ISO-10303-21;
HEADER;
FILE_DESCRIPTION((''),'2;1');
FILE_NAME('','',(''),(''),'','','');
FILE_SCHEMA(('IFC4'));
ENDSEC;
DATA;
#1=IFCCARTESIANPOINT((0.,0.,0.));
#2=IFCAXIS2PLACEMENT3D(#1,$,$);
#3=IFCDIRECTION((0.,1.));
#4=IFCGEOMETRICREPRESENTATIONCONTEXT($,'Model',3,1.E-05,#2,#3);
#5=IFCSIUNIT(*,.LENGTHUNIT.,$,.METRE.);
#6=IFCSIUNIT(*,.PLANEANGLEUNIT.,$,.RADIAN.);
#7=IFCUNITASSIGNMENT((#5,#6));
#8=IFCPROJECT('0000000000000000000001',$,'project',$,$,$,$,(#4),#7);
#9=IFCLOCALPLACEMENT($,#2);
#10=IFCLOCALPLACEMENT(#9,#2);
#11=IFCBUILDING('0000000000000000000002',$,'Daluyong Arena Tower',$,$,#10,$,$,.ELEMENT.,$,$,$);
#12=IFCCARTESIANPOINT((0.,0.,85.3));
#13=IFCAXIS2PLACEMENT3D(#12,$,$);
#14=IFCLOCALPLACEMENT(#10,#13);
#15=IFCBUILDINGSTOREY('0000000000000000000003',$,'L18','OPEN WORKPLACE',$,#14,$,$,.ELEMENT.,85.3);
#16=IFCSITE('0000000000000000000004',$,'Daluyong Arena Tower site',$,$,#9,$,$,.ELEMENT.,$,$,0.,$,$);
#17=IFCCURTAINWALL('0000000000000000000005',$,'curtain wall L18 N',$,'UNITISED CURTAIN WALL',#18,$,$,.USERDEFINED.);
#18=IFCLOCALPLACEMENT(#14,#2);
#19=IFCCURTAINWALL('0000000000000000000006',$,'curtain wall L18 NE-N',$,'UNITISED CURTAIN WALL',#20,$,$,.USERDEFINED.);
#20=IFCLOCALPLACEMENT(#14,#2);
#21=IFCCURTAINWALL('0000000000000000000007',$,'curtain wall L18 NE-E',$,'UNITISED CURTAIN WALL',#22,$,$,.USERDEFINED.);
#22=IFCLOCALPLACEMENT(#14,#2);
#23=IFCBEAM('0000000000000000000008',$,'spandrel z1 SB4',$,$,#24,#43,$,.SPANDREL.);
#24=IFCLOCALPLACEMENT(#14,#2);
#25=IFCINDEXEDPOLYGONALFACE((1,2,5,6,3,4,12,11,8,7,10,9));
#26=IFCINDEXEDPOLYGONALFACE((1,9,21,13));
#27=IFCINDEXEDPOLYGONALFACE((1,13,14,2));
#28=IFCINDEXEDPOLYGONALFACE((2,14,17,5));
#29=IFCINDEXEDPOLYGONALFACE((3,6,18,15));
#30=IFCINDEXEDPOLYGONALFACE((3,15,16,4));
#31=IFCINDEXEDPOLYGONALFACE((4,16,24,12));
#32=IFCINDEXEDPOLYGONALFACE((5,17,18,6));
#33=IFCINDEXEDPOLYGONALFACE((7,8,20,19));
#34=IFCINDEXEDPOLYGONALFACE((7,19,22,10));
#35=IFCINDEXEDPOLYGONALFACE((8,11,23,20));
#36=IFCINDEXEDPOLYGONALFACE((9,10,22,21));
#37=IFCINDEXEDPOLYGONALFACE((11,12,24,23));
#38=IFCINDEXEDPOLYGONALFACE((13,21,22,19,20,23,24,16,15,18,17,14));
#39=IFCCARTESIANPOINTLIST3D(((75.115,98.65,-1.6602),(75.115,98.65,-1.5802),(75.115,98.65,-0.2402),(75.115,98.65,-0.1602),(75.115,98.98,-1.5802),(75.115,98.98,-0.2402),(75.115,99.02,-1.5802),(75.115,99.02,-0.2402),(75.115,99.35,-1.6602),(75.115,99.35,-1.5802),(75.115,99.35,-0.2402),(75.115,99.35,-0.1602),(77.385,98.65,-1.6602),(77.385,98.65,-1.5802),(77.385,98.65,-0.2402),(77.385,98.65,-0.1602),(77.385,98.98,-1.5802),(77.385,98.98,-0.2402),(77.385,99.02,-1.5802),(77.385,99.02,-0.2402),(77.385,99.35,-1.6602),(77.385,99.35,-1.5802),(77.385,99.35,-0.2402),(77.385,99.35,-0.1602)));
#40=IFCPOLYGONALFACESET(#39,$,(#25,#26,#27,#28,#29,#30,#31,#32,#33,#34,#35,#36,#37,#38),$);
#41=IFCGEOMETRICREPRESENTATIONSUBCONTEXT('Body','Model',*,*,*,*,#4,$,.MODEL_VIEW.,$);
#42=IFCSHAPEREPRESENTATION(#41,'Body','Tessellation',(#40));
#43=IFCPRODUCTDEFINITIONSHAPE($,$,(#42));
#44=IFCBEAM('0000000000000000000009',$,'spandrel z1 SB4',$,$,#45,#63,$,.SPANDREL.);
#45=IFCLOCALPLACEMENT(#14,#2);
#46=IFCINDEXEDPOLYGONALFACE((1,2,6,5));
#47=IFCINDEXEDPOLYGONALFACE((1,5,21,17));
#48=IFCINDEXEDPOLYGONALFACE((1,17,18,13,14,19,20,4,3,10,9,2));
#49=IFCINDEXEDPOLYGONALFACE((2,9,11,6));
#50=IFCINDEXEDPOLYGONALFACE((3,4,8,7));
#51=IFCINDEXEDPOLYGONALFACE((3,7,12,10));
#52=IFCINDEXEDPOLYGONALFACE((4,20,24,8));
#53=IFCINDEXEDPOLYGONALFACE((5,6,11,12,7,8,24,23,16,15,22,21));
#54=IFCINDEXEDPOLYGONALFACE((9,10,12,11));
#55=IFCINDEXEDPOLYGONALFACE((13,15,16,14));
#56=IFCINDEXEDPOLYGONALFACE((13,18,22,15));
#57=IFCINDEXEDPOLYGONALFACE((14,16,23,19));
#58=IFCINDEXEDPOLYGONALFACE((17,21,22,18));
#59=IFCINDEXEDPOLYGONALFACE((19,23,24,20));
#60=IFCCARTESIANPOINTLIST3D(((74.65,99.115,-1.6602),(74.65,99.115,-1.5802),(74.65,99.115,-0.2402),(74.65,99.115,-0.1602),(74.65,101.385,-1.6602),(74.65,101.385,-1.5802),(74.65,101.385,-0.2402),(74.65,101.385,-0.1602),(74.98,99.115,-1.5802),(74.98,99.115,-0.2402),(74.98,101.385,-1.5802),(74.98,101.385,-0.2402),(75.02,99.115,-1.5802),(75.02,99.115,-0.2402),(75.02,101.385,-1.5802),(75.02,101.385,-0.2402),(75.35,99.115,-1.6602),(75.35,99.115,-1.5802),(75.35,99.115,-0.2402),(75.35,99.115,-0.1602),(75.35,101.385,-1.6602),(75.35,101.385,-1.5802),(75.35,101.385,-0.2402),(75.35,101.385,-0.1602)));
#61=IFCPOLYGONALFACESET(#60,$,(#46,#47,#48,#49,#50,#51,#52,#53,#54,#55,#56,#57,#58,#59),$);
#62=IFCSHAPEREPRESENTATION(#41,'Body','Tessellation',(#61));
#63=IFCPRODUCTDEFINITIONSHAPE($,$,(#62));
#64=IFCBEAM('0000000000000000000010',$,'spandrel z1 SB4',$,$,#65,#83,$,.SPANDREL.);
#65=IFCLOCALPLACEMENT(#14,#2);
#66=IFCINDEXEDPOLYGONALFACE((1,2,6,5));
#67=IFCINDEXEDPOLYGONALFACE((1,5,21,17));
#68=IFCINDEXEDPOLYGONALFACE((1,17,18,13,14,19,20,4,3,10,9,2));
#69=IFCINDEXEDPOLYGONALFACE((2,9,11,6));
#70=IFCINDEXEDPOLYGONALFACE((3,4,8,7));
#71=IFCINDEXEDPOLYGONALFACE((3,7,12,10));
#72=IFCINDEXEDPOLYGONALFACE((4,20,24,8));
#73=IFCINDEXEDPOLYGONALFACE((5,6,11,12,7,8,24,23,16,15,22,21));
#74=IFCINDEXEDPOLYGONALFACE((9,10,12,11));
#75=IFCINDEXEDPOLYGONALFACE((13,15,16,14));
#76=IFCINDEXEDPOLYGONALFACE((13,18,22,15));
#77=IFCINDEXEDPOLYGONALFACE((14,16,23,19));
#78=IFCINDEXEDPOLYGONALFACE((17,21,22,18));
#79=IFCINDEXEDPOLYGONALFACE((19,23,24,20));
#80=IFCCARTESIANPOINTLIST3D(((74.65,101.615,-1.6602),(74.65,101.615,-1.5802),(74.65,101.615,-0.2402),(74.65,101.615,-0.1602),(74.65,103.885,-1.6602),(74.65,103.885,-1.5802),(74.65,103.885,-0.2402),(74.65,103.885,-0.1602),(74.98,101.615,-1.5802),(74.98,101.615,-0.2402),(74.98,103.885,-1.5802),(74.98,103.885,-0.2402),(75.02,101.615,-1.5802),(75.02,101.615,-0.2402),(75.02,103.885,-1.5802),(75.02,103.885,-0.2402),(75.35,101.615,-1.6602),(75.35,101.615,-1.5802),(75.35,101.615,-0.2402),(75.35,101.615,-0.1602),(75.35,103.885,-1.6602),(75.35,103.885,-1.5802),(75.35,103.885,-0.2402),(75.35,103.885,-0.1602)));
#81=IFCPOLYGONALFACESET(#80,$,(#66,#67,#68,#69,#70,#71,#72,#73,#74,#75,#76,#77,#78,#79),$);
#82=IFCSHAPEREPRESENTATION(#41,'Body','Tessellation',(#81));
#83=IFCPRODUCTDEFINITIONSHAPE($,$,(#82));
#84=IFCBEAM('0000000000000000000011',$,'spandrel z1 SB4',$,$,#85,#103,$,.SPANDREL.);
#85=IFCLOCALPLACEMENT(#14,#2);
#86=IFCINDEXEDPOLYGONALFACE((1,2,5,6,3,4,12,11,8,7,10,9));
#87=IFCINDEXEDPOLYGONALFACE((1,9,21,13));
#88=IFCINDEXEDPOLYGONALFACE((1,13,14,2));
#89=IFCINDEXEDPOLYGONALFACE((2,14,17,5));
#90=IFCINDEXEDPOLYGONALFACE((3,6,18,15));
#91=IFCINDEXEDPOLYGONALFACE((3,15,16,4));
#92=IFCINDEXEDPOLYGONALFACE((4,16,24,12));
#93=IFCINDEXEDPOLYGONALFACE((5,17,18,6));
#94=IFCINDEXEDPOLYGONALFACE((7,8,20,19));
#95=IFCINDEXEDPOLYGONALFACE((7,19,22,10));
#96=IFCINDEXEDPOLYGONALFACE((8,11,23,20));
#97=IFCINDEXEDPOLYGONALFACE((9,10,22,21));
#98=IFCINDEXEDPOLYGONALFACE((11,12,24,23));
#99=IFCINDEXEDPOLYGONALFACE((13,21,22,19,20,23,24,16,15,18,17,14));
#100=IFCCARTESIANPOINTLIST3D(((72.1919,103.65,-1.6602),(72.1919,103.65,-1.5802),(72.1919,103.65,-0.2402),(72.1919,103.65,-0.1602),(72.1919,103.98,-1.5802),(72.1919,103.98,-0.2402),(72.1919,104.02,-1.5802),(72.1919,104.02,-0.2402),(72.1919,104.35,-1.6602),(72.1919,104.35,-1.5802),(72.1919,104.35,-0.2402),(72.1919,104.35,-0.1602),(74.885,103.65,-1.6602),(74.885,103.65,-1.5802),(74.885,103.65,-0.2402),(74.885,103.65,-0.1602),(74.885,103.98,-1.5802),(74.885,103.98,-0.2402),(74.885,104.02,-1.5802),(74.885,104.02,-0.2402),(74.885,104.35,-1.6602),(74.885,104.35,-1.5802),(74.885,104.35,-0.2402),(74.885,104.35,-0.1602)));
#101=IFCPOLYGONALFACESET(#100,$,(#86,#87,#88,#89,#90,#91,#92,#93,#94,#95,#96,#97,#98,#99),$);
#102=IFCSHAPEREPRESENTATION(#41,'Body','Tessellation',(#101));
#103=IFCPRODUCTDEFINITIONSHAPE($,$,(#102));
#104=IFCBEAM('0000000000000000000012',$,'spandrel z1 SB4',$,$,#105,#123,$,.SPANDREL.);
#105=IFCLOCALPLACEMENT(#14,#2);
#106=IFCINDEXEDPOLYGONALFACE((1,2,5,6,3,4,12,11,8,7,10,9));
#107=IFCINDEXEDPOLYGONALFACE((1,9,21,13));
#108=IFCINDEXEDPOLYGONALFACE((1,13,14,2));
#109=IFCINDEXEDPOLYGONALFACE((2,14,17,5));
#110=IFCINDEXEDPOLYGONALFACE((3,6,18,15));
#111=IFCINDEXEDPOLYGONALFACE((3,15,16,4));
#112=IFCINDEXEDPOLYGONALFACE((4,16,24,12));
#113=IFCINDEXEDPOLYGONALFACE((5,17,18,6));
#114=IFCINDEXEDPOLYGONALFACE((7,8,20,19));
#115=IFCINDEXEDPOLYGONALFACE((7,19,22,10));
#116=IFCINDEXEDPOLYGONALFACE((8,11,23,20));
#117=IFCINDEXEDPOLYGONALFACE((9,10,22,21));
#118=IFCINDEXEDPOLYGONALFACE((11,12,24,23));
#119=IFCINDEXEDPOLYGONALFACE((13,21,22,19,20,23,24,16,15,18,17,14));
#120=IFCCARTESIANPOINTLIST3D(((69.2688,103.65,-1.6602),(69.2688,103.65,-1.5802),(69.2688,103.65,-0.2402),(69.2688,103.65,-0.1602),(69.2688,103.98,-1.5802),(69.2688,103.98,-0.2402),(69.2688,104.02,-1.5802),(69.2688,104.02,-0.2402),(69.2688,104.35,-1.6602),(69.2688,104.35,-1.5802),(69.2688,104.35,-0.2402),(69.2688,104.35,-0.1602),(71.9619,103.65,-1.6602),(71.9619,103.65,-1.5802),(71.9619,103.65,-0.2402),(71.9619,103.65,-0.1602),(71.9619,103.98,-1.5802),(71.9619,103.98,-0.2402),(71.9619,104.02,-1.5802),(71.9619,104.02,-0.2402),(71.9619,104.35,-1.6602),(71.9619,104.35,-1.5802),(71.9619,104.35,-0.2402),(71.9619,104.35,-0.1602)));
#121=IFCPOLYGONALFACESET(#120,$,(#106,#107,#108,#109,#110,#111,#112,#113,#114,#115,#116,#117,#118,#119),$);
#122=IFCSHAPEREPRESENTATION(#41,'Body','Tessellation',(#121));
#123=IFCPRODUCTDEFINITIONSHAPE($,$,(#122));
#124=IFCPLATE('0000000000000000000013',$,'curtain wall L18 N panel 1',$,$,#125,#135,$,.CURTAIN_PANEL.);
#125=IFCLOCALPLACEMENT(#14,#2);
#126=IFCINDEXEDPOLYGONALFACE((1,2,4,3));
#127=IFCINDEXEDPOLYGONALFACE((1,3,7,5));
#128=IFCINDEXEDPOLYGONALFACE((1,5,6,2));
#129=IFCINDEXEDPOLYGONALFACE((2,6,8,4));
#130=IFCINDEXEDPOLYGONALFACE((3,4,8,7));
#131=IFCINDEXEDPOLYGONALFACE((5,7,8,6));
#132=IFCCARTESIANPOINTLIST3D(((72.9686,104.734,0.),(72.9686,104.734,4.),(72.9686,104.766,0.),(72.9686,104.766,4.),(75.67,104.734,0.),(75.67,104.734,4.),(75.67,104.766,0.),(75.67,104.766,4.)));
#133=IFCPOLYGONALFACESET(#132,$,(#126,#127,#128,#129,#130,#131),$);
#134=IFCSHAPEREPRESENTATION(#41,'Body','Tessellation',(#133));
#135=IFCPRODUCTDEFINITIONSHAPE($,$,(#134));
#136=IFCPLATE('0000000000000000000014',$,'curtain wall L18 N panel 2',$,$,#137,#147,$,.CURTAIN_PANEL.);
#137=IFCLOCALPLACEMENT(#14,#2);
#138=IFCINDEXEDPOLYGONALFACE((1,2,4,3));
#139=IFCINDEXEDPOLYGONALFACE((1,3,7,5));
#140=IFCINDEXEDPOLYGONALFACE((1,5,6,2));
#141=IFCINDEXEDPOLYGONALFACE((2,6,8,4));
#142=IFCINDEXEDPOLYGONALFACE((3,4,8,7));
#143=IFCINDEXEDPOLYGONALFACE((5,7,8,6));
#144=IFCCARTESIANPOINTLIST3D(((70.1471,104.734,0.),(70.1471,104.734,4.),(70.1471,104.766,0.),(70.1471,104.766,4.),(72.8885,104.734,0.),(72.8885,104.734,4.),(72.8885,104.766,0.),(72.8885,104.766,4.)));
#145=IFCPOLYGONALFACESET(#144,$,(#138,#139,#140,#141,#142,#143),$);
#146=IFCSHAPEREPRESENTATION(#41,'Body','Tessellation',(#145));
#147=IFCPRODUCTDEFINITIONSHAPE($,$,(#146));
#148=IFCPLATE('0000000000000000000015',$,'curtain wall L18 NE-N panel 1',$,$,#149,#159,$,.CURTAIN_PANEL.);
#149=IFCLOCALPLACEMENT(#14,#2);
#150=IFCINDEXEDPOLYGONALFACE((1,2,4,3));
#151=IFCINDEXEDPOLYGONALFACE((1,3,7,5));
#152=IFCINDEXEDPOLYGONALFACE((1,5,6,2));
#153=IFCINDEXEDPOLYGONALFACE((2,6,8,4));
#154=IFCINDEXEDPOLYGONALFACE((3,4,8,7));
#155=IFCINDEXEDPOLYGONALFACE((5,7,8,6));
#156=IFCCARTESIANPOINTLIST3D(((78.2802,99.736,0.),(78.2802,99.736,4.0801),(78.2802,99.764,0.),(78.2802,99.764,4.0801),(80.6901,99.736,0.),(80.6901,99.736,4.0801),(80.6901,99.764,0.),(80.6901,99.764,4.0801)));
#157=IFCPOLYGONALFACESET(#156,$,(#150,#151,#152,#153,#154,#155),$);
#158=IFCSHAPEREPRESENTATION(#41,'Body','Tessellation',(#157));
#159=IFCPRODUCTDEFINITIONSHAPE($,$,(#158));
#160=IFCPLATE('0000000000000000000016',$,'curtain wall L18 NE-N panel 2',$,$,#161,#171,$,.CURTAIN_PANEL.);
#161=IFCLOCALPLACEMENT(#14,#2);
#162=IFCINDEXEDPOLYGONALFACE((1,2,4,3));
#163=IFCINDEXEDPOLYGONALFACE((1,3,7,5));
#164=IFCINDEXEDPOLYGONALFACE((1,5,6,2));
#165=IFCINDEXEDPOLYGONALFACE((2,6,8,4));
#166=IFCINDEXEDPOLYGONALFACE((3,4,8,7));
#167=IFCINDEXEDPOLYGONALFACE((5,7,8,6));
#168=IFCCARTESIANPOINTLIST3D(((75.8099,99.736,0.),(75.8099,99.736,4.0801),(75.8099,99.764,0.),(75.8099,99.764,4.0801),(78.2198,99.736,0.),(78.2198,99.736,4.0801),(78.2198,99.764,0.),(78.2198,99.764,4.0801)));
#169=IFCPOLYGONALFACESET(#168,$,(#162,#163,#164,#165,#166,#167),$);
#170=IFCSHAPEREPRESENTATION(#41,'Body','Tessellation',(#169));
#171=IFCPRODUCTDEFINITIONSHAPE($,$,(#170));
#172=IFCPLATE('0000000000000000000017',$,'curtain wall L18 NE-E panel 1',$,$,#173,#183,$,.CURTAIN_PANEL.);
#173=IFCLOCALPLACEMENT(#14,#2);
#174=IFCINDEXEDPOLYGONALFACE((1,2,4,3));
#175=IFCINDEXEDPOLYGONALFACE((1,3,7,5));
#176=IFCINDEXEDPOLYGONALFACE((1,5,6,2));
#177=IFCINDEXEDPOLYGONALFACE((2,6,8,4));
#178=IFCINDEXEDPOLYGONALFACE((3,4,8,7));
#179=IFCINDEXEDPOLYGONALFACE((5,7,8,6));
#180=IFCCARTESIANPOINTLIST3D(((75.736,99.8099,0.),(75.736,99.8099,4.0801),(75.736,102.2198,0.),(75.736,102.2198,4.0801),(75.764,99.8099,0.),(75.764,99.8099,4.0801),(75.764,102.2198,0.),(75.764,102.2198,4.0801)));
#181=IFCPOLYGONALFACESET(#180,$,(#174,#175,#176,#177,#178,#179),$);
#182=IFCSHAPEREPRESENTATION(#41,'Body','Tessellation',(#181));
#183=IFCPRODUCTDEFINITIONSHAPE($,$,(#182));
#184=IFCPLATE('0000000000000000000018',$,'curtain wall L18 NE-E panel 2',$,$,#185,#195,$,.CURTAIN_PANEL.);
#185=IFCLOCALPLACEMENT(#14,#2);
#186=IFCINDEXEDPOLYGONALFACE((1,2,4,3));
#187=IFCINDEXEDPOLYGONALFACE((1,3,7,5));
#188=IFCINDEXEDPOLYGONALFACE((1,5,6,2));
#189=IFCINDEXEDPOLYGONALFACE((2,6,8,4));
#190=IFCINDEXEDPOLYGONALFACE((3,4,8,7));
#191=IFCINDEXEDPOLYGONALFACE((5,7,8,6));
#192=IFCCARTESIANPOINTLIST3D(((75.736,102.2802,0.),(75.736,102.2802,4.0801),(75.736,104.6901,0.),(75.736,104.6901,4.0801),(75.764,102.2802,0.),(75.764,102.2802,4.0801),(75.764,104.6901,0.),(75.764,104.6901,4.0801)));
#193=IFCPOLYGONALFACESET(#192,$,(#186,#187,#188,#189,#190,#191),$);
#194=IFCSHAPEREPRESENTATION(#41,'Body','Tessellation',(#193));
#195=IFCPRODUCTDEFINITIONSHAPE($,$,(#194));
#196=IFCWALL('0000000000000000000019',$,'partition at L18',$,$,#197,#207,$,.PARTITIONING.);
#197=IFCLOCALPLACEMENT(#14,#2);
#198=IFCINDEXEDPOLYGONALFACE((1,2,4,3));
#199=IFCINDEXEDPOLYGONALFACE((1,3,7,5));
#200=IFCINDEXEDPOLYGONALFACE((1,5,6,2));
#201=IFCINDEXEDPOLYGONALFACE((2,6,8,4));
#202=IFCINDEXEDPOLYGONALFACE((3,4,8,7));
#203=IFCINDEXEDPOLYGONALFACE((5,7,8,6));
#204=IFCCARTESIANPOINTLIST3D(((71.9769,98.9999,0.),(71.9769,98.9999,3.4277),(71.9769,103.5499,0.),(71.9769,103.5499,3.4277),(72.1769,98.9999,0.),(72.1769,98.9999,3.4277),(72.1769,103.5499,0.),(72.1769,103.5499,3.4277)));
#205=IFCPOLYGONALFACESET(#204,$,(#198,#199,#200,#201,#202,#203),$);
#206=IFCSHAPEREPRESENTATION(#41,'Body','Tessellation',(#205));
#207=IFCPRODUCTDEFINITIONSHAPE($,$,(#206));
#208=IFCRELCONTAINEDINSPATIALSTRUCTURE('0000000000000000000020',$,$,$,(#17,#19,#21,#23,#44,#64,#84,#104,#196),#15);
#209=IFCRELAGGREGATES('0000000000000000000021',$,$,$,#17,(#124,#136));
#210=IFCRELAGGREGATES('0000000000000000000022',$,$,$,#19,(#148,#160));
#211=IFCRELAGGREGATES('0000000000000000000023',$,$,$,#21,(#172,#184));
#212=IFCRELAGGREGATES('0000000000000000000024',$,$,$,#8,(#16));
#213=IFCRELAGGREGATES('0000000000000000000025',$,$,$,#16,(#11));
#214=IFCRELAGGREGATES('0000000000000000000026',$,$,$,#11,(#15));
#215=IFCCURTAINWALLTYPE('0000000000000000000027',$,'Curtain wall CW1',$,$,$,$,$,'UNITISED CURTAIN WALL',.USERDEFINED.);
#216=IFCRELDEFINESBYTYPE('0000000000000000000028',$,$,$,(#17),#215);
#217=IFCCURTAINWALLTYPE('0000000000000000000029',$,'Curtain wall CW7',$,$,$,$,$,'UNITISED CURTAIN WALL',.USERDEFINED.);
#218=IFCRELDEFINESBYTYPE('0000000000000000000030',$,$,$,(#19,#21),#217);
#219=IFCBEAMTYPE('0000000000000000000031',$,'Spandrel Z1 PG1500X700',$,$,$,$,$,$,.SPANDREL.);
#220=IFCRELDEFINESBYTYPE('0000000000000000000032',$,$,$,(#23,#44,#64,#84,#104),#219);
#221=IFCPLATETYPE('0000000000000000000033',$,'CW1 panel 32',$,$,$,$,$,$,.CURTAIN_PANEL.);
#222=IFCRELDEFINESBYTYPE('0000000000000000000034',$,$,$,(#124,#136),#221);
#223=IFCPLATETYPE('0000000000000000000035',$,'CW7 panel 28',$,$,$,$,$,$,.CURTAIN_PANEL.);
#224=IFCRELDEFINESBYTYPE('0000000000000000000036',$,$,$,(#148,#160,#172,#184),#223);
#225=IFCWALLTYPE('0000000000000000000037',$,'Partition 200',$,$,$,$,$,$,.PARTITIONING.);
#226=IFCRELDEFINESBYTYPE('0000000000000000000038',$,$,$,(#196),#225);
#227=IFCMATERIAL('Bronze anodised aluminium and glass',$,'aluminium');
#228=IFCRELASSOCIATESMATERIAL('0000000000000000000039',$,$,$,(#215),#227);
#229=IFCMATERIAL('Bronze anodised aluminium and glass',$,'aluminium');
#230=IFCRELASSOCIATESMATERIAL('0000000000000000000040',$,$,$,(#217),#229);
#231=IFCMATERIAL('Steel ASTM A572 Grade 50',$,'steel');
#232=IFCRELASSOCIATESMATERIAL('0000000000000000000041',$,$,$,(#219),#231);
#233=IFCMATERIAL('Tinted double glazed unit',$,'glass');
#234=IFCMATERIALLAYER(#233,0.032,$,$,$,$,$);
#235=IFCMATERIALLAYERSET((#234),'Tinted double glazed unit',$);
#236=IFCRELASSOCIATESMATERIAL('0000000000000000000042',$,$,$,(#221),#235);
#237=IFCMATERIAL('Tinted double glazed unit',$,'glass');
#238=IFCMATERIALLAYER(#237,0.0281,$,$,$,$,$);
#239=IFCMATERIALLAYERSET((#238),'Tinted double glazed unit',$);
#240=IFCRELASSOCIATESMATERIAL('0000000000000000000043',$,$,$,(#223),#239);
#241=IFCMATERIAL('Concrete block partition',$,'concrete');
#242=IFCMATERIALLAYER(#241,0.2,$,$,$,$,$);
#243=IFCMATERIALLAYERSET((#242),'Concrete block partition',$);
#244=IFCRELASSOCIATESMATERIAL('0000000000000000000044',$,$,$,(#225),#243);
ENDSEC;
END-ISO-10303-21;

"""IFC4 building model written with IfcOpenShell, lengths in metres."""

from ifc_helpers import new_model, si_unit, direction, frame, frame_2d, origin, origin_2d, place, context, subcontext, project, spatial, rectangle, i_section, extrude, material, layer, layer_set, material_profile, profile_set, type_object, element, aggregate, save


model = new_model("IFC4")

# Units and contexts
model_context = context("Model", 3, precision=1e-05, world=origin(), true_north=direction((0.0, 1.0)))
body_context = subcontext(model_context, "Body", "Model", "MODEL_VIEW")
ifc_project = project(units=[si_unit("LENGTHUNIT", "METRE"), si_unit("PLANEANGLEUNIT", "RADIAN")], contexts=[model_context])

# Site, building, storey
site_placement = place(None, origin())
site = spatial("IfcSite", under=ifc_project, at=site_placement, Name="Daluyong Arena Tower site", CompositionType="ELEMENT", RefElevation=0.0)
building_placement = place(site_placement, origin())
building = spatial("IfcBuilding", under=site, at=building_placement, Name="Daluyong Arena Tower", CompositionType="ELEMENT")
storey_placement = place(building_placement, frame((0.0, 0.0, 85.3)))
storey = spatial("IfcBuildingStorey", under=building, at=storey_placement, Name="L18", Description="OPEN WORKPLACE", CompositionType="ELEMENT", Elevation=85.3)

# Shared definitions
ifc_material_1 = material(Name="Bronze anodised aluminium and glass", Category="aluminium")
curtain_wall_type_1 = type_object("IfcCurtainWallType", Name="Curtain wall CW1", ElementType="UNITISED CURTAIN WALL", PredefinedType="USERDEFINED", material=ifc_material_1)

# Curtain walls
curtain_wall_1_placement = place(storey_placement, origin())
curtain_wall_1 = element("IfcCurtainWall", 1, at=curtain_wall_1_placement, inside=storey, type_object=curtain_wall_type_1, Name="curtain wall L18 N", ObjectType="UNITISED CURTAIN WALL", PredefinedType="USERDEFINED")
ifc_material_2 = material(Name="Bronze anodised aluminium and glass", Category="aluminium")
curtain_wall_type_2 = type_object("IfcCurtainWallType", Name="Curtain wall CW7", ElementType="UNITISED CURTAIN WALL", PredefinedType="USERDEFINED", material=ifc_material_2)
curtain_wall_2_placement = place(storey_placement, origin())
curtain_wall_2 = element("IfcCurtainWall", 2, at=curtain_wall_2_placement, inside=storey, type_object=curtain_wall_type_2, Name="curtain wall L18 NE-N", ObjectType="UNITISED CURTAIN WALL", PredefinedType="USERDEFINED")
curtain_wall_3_placement = place(storey_placement, origin())
curtain_wall_3 = element("IfcCurtainWall", 3, at=curtain_wall_3_placement, inside=storey, type_object=curtain_wall_type_2, Name="curtain wall L18 NE-E", ObjectType="UNITISED CURTAIN WALL", PredefinedType="USERDEFINED")

# Beams
ifc_material_3 = material(Name="Steel ASTM A572 Grade 50", Category="steel")
ifc_material_profile_1 = material_profile(ifc_material_3, i_section(OverallWidth=0.7, OverallDepth=1.5, WebThickness=0.04, FlangeThickness=0.08, at=origin_2d()))
ifc_profile_set_1 = profile_set([ifc_material_profile_1], Name="Steel ASTM A572 Grade 50")
beam_type_1 = type_object("IfcBeamType", Name="Spandrel Z1 PG1500X700", PredefinedType="SPANDREL", material=ifc_profile_set_1)
for number, where, z_axis, x_axis, name in (
    (4, (77.385, 99.0, -0.9102), (-1.0, 0.0, 0.0), (0.0, -1.0, 0.0), "spandrel z1 SB4"),
    (5, (75.0, 99.115, -0.9102), (0.0, 1.0, 0.0), (-1.0, 0.0, 0.0), "spandrel z1 SB4"),
    (6, (75.0, 101.615, -0.9102), (0.0, 1.0, 0.0), (-1.0, 0.0, 0.0), "spandrel z1 SB4"),
):
    element("IfcBeam", number, at=place(storey_placement, frame(where, z_axis=z_axis, x_axis=x_axis)), inside=storey, type_object=beam_type_1, Name=name, PredefinedType="SPANDREL", context=body_context, shape_type="SweptSolid", body=[
        extrude(i_section(OverallWidth=0.7, OverallDepth=1.5, WebThickness=0.04, FlangeThickness=0.08, at=origin_2d()), origin(), (0.0, 0.0, 1.0), 2.27),
    ])
for number, where, z_axis, x_axis, name in (
    (7, (74.885, 104.0, -0.9102), (-1.0, 0.0, 0.0), (0.0, -1.0, 0.0), "spandrel z1 SB4"),
    (8, (71.9619, 104.0, -0.9102), (-1.0, 0.0, 0.0), (0.0, -1.0, 0.0), "spandrel z1 SB4"),
):
    element("IfcBeam", number, at=place(storey_placement, frame(where, z_axis=z_axis, x_axis=x_axis)), inside=storey, type_object=beam_type_1, Name=name, PredefinedType="SPANDREL", context=body_context, shape_type="SweptSolid", body=[
        extrude(i_section(OverallWidth=0.7, OverallDepth=1.5, WebThickness=0.04, FlangeThickness=0.08, at=origin_2d()), origin(), (0.0, 0.0, 1.0), 2.6931),
    ])

# Plates
ifc_material_4 = material(Name="Tinted double glazed unit", Category="glass")
ifc_layer_1 = layer(ifc_material_4, 0.032)
ifc_layer_set_1 = layer_set([ifc_layer_1], Name="Tinted double glazed unit")
plate_type_1 = type_object("IfcPlateType", Name="CW1 panel 32", PredefinedType="CURTAIN_PANEL", material=ifc_layer_set_1)
plate_1_placement = place(storey_placement, frame((74.3193, 104.75, 0.0), z_axis=(0.0, 0.0, 1.0), x_axis=(-1.0, 0.0, 0.0)))
plate_1 = element("IfcPlate", 9, at=plate_1_placement, type_object=plate_type_1, Name="curtain wall L18 N panel 1", PredefinedType="CURTAIN_PANEL", context=body_context, shape_type="SweptSolid", body=[
    extrude(rectangle(XDim=2.7014, YDim=0.032, at=origin_2d()), origin(), (0.0, 0.0, 1.0), 4.0),
])
plate_2_placement = place(storey_placement, frame((71.5178, 104.75, 0.0), z_axis=(0.0, 0.0, 1.0), x_axis=(-1.0, 0.0, 0.0)))
plate_2 = element("IfcPlate", 10, at=plate_2_placement, type_object=plate_type_1, Name="curtain wall L18 N panel 2", PredefinedType="CURTAIN_PANEL", context=body_context, shape_type="SweptSolid", body=[
    extrude(rectangle(XDim=2.7415, YDim=0.032, at=origin_2d()), origin(), (0.0, 0.0, 1.0), 4.0),
])
aggregate(curtain_wall_1, [plate_1, plate_2])
ifc_material_5 = material(Name="Tinted double glazed unit", Category="glass")
ifc_layer_2 = layer(ifc_material_5, 0.0281)
ifc_layer_set_2 = layer_set([ifc_layer_2], Name="Tinted double glazed unit")
plate_type_2 = type_object("IfcPlateType", Name="CW7 panel 28", PredefinedType="CURTAIN_PANEL", material=ifc_layer_set_2)
plate_3_placement = place(storey_placement, frame((79.4851, 99.75, 0.0), z_axis=(0.0, 0.0, 1.0), x_axis=(-1.0, 0.0, 0.0)))
plate_3 = element("IfcPlate", 11, at=plate_3_placement, type_object=plate_type_2, Name="curtain wall L18 NE-N panel 1", PredefinedType="CURTAIN_PANEL", context=body_context, shape_type="SweptSolid", body=[
    extrude(rectangle(XDim=2.4099, YDim=0.0281, at=origin_2d()), origin(), (0.0, 0.0, 1.0), 4.0801),
])
plate_4_placement = place(storey_placement, frame((77.0149, 99.75, 0.0), z_axis=(0.0, 0.0, 1.0), x_axis=(-1.0, 0.0, 0.0)))
plate_4 = element("IfcPlate", 12, at=plate_4_placement, type_object=plate_type_2, Name="curtain wall L18 NE-N panel 2", PredefinedType="CURTAIN_PANEL", context=body_context, shape_type="SweptSolid", body=[
    extrude(rectangle(XDim=2.4099, YDim=0.0281, at=origin_2d()), origin(), (0.0, 0.0, 1.0), 4.0801),
])
aggregate(curtain_wall_2, [plate_3, plate_4])
plate_5_placement = place(storey_placement, frame((75.75, 101.0149, 0.0), z_axis=(0.0, 0.0, 1.0), x_axis=(0.0, 1.0, 0.0)))
plate_5 = element("IfcPlate", 13, at=plate_5_placement, type_object=plate_type_2, Name="curtain wall L18 NE-E panel 1", PredefinedType="CURTAIN_PANEL", context=body_context, shape_type="SweptSolid", body=[
    extrude(rectangle(XDim=2.4099, YDim=0.0281, at=origin_2d()), origin(), (0.0, 0.0, 1.0), 4.0801),
])
plate_6_placement = place(storey_placement, frame((75.75, 103.4851, 0.0), z_axis=(0.0, 0.0, 1.0), x_axis=(0.0, 1.0, 0.0)))
plate_6 = element("IfcPlate", 14, at=plate_6_placement, type_object=plate_type_2, Name="curtain wall L18 NE-E panel 2", PredefinedType="CURTAIN_PANEL", context=body_context, shape_type="SweptSolid", body=[
    extrude(rectangle(XDim=2.4099, YDim=0.0281, at=origin_2d()), origin(), (0.0, 0.0, 1.0), 4.0801),
])
aggregate(curtain_wall_3, [plate_5, plate_6])

# Wall
ifc_material_6 = material(Name="Concrete block partition", Category="concrete")
ifc_layer_3 = layer(ifc_material_6, 0.2)
ifc_layer_set_3 = layer_set([ifc_layer_3], Name="Concrete block partition")
wall_type = type_object("IfcWallType", Name="Partition 200", PredefinedType="PARTITIONING", material=ifc_layer_set_3)
wall_placement = place(storey_placement, frame((72.0769, 99.0, 0.0), z_axis=(0.0, 0.0, 1.0), x_axis=(0.0, 1.0, 0.0)))
element("IfcWall", 15, at=wall_placement, inside=storey, type_object=wall_type, Name="partition at L18", PredefinedType="PARTITIONING", context=body_context, shape_type="SweptSolid", body=[
    extrude(rectangle(XDim=4.55, YDim=0.2, at=frame_2d((2.2749, 0.0))), origin(), (0.0, 0.0, 1.0), 3.4277),
])

save(model, "model.ifc")
